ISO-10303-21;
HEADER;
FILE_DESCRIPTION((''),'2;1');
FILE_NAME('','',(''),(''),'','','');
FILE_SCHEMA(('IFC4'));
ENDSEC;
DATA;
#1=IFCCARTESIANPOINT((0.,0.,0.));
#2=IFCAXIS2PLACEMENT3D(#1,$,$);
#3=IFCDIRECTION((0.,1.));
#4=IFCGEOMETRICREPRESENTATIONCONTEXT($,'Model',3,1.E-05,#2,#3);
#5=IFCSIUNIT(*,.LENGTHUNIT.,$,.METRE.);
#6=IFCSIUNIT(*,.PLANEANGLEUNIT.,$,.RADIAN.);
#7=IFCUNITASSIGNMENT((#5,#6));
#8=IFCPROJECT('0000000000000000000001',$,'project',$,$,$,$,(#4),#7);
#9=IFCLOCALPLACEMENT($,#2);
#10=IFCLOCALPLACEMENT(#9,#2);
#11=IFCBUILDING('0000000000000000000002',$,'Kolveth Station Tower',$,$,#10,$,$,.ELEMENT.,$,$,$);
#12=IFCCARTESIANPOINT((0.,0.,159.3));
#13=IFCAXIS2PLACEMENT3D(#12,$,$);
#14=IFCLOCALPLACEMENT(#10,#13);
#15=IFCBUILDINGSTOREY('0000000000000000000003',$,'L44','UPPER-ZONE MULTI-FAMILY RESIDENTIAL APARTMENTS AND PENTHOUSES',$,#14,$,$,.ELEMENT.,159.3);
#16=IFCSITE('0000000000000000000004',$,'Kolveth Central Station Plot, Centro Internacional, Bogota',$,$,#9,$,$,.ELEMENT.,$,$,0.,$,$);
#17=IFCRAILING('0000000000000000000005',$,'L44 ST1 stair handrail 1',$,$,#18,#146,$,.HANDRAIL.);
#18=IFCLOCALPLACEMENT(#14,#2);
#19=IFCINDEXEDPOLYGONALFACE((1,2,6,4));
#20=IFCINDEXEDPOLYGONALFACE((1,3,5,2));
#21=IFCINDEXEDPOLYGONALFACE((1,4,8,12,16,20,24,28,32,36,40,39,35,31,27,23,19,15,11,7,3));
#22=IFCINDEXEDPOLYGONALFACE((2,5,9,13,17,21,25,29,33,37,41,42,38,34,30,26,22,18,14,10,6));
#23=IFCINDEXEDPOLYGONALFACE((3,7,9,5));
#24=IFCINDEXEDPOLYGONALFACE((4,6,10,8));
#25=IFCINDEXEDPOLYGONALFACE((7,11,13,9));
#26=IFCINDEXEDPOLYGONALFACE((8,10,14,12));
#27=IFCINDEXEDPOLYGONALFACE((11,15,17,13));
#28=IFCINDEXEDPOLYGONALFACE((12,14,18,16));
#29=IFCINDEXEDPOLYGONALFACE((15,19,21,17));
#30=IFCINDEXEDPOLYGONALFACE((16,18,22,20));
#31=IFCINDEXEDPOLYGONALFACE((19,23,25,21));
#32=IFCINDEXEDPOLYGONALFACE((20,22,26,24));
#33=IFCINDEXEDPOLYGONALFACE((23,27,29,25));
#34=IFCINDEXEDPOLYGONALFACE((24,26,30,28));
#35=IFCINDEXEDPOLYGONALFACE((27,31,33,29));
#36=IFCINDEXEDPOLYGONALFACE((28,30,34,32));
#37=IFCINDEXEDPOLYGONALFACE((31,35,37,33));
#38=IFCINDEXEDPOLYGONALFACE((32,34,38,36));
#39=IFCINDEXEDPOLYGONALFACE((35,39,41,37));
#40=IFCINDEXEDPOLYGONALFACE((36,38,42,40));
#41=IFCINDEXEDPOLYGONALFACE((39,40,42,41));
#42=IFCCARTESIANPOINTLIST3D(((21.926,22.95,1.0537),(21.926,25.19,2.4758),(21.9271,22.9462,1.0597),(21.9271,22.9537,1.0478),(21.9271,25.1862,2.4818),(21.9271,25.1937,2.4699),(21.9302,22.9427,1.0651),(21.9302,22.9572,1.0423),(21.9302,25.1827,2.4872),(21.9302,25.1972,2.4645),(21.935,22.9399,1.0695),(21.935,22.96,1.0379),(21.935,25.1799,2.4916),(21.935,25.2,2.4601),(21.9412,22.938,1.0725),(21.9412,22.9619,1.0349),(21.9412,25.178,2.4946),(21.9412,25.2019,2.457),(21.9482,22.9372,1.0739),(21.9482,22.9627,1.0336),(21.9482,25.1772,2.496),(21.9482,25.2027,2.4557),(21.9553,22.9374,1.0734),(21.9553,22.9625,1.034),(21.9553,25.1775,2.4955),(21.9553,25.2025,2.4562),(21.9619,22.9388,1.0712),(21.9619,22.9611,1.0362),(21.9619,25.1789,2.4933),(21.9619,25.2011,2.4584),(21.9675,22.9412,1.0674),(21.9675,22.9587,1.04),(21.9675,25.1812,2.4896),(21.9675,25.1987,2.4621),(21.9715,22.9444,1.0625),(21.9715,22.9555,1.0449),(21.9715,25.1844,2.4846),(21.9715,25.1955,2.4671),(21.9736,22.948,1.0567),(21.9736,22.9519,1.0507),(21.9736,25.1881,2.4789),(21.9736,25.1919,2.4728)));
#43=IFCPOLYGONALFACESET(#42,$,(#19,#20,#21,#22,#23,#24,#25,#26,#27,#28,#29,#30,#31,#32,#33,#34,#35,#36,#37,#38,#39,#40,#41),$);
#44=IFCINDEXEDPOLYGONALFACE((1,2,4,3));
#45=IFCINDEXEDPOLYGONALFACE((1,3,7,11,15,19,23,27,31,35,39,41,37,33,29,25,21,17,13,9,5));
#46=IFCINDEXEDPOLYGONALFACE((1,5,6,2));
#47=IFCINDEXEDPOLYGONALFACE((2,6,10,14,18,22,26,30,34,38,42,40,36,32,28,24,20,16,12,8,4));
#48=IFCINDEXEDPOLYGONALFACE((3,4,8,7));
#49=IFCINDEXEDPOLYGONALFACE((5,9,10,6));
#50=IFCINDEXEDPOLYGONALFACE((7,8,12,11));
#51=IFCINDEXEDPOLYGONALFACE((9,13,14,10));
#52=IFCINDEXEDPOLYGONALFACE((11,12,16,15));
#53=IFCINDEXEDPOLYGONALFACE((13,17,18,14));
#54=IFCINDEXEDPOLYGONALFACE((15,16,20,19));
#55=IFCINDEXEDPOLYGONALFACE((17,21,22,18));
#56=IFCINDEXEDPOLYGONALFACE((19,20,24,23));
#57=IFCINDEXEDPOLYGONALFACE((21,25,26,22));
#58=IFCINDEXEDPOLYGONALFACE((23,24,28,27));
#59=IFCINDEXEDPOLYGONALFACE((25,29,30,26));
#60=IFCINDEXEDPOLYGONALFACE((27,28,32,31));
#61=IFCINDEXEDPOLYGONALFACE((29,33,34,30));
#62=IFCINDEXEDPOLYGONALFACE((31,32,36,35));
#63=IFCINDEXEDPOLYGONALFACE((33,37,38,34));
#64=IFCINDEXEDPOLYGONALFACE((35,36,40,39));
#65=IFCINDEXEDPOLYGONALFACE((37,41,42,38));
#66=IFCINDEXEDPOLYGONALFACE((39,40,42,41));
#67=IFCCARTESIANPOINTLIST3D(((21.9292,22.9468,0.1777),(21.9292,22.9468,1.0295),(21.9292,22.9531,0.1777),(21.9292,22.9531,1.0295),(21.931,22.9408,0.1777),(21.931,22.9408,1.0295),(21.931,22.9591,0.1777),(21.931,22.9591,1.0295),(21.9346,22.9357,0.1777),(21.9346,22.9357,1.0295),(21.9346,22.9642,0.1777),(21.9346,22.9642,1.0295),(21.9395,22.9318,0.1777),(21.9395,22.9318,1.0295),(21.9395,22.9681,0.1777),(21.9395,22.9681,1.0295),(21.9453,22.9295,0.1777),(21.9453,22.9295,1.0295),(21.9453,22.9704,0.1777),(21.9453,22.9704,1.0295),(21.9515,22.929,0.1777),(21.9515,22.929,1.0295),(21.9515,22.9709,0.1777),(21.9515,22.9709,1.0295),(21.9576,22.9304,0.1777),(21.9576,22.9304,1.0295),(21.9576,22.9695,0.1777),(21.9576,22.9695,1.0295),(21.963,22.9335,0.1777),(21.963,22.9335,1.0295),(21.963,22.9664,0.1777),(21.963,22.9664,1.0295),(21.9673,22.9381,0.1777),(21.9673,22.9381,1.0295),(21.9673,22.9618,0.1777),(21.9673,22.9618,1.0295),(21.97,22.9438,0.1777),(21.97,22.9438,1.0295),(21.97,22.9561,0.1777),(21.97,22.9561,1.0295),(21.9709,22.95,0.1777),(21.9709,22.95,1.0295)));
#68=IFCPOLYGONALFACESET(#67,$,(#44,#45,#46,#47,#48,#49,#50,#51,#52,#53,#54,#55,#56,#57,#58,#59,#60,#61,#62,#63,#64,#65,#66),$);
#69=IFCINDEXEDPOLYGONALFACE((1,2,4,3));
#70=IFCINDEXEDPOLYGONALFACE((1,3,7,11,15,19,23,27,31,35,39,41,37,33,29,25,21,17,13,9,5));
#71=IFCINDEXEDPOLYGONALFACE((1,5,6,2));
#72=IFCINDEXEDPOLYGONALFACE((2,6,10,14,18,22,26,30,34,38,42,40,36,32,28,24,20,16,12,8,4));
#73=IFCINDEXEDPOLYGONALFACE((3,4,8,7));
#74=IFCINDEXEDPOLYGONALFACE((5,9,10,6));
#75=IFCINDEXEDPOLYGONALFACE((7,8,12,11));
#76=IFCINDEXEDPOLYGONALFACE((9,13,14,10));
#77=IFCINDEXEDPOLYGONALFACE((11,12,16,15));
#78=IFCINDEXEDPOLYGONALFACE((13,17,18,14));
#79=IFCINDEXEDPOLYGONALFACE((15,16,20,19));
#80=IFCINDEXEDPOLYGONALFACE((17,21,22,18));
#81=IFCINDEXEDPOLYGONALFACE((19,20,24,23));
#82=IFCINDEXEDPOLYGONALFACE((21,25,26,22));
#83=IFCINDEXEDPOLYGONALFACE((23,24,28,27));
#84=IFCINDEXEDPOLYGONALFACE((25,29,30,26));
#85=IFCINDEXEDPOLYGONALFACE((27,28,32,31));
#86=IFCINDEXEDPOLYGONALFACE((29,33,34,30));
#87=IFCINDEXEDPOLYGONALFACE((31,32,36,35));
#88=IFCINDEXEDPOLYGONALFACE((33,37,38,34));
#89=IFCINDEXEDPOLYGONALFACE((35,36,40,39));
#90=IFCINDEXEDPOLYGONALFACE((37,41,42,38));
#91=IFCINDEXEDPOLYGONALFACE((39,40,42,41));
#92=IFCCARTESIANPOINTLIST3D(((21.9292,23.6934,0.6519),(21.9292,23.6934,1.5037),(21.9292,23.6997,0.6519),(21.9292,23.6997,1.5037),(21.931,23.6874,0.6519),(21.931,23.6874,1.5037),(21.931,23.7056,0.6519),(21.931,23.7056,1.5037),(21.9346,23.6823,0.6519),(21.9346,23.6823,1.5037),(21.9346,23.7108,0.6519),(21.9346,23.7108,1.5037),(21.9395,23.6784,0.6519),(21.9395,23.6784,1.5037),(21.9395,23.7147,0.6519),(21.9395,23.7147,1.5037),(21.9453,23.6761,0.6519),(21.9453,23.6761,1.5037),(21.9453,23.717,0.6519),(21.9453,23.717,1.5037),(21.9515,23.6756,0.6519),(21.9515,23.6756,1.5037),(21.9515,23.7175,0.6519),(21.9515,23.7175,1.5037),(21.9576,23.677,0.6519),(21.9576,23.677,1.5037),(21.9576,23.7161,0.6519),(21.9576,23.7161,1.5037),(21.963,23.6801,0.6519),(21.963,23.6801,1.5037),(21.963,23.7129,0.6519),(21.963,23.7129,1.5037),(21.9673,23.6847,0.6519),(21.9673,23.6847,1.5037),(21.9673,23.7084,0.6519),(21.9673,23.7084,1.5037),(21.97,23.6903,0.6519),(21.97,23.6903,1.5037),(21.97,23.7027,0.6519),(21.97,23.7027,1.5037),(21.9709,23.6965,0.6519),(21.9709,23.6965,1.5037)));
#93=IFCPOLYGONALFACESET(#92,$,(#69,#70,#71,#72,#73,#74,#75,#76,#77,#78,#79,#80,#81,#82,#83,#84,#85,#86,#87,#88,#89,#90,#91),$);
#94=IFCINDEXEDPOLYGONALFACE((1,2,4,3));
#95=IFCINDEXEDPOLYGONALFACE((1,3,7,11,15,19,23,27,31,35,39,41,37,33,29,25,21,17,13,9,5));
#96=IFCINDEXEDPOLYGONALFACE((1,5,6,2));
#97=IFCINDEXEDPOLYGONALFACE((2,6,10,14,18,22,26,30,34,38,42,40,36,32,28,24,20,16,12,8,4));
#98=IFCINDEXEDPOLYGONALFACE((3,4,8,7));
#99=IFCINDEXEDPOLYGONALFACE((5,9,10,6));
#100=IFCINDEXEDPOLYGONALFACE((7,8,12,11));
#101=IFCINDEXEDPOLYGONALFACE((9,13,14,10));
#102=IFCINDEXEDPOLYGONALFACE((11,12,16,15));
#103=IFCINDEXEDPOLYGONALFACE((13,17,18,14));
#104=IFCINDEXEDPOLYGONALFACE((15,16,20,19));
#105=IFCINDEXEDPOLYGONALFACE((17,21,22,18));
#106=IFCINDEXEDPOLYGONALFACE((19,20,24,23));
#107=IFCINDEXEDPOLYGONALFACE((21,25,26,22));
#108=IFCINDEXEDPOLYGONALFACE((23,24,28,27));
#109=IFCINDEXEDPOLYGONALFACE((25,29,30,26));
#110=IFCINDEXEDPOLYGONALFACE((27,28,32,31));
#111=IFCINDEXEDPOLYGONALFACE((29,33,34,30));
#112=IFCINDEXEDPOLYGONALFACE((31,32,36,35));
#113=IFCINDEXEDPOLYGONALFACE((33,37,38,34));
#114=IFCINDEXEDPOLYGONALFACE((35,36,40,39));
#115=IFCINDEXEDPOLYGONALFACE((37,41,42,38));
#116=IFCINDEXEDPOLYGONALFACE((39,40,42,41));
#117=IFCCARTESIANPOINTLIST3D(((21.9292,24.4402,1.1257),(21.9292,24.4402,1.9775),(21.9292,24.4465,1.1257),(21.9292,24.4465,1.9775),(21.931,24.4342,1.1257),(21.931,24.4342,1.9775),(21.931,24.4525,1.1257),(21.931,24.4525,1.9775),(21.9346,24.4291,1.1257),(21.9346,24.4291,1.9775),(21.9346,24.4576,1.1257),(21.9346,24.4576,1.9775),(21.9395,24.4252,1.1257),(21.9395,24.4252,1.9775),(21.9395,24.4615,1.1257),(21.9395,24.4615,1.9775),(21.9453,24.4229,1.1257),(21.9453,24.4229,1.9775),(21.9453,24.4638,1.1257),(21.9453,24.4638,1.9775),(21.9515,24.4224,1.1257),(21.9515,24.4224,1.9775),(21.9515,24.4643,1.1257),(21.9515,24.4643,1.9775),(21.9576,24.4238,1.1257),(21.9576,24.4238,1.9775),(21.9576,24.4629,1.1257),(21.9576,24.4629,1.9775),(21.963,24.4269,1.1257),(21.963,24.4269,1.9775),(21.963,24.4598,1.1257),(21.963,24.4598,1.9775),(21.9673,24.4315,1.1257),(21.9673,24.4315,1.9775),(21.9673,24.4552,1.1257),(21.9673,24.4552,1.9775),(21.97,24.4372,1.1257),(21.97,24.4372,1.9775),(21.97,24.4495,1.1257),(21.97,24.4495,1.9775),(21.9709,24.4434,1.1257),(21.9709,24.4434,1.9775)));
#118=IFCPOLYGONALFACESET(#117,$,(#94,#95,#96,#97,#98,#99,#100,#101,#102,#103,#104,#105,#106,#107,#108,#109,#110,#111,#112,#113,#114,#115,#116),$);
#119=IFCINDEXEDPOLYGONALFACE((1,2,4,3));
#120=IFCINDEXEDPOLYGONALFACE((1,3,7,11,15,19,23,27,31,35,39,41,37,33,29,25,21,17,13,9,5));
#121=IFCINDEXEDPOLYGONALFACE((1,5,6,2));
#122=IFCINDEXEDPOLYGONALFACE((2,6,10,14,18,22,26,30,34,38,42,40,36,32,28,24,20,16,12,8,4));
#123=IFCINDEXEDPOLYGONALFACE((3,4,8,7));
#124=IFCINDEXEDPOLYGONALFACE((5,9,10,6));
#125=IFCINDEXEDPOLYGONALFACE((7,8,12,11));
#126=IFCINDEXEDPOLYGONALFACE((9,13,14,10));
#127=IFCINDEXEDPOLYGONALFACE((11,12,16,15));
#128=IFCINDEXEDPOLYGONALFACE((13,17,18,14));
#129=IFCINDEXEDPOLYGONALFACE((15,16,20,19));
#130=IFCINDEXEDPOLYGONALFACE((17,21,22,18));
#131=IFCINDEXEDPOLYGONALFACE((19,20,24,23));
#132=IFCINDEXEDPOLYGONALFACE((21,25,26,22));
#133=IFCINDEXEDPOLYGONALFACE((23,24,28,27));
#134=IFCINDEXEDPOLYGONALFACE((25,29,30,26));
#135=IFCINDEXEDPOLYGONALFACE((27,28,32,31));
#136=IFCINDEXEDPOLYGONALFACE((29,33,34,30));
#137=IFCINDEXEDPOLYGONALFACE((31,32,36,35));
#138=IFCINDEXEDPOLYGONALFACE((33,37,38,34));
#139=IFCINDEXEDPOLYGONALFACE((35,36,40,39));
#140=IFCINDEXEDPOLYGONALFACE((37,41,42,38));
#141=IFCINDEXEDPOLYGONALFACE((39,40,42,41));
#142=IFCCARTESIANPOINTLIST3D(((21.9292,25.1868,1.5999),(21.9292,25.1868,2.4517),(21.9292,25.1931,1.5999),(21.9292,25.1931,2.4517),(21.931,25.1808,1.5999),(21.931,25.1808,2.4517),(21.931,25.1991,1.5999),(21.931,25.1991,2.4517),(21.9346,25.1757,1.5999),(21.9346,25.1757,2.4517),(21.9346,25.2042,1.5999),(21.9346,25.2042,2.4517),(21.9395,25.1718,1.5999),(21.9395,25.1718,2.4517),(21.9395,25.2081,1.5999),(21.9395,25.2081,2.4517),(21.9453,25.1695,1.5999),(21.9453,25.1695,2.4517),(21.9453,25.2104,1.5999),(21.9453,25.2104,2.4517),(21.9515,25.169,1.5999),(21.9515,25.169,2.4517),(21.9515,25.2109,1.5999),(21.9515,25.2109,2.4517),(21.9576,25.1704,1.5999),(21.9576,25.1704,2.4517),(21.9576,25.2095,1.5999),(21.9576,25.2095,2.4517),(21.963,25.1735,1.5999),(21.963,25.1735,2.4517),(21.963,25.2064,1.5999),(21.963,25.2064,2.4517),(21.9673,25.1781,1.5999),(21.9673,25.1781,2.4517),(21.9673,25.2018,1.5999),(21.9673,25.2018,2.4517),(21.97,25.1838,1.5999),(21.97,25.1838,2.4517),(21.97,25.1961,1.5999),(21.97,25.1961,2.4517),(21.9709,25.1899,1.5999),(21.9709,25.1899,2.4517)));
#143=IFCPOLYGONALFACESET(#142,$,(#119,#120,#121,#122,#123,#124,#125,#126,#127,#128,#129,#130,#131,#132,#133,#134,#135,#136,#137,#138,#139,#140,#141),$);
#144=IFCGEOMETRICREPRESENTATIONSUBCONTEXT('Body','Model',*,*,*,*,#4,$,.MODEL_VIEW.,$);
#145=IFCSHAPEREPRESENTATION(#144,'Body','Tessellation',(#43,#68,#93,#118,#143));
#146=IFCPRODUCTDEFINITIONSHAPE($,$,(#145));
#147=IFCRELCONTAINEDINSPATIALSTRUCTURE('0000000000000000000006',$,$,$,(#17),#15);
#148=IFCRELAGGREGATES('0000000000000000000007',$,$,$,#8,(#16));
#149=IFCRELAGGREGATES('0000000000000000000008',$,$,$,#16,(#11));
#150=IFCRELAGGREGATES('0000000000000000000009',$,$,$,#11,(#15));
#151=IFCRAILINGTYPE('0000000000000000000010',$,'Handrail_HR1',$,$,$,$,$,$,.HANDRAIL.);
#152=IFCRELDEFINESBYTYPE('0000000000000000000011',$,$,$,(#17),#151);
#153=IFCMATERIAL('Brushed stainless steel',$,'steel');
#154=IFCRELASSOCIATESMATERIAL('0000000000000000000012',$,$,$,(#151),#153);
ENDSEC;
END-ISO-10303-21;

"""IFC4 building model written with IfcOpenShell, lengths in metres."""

from ifc_helpers import new_model, si_unit, direction, frame, origin, origin_2d, place, context, subcontext, project, spatial, circle, extrude, material, type_object, element, save


model = new_model("IFC4")

# Units and contexts
model_context = context("Model", 3, precision=1e-05, world=origin(), true_north=direction((0.0, 1.0)))
body_context = subcontext(model_context, "Body", "Model", "MODEL_VIEW")
ifc_project = project(units=[si_unit("LENGTHUNIT", "METRE"), si_unit("PLANEANGLEUNIT", "RADIAN")], contexts=[model_context])

# Site, building, storey
site_placement = place(None, origin())
site = spatial("IfcSite", under=ifc_project, at=site_placement, Name="Kolveth Central Station Plot, Centro Internacional, Bogota", CompositionType="ELEMENT", RefElevation=0.0)
building_placement = place(site_placement, origin())
building = spatial("IfcBuilding", under=site, at=building_placement, Name="Kolveth Station Tower", CompositionType="ELEMENT")
storey_placement = place(building_placement, frame((0.0, 0.0, 159.3)))
storey = spatial("IfcBuildingStorey", under=building, at=storey_placement, Name="L44", Description="UPPER-ZONE MULTI-FAMILY RESIDENTIAL APARTMENTS AND PENTHOUSES", CompositionType="ELEMENT", Elevation=159.3)

# Railing
ifc_material_1 = material(Name="Brushed stainless steel", Category="steel")
railing_type_1 = type_object("IfcRailingType", Name="Handrail_HR1", PredefinedType="HANDRAIL", material=ifc_material_1)
for number, where, name in (
    (1, (21.95, 22.95, 0.1777), "L44 ST1 stair handrail 1"),
):
    element("IfcRailing", number, at=place(storey_placement, frame(where)), inside=storey, type_object=railing_type_1, Name=name, PredefinedType="HANDRAIL", context=body_context, shape_type="SweptSolid", body=[
        extrude(circle(Radius=0.0239, at=origin_2d()), frame((0.0, 0.0, 0.876), z_axis=(0.0, 0.844229, 0.535982), x_axis=(-1.0, 0.0, 0.0)), (0.0, 0.0, 1.0), 2.6533),
        extrude(circle(Radius=0.021, at=origin_2d()), origin(), (0.0, 0.0, 1.0), 0.8518),
        extrude(circle(Radius=0.021, at=origin_2d()), frame((0.0, 0.7466, 0.4741)), (0.0, 0.0, 1.0), 0.8518),
        extrude(circle(Radius=0.021, at=origin_2d()), frame((0.0, 1.4934, 0.948)), (0.0, 0.0, 1.0), 0.8518),
        extrude(circle(Radius=0.021, at=origin_2d()), frame((0.0, 2.24, 1.4221)), (0.0, 0.0, 1.0), 0.8518),
    ])

save(model, "model.ifc")
